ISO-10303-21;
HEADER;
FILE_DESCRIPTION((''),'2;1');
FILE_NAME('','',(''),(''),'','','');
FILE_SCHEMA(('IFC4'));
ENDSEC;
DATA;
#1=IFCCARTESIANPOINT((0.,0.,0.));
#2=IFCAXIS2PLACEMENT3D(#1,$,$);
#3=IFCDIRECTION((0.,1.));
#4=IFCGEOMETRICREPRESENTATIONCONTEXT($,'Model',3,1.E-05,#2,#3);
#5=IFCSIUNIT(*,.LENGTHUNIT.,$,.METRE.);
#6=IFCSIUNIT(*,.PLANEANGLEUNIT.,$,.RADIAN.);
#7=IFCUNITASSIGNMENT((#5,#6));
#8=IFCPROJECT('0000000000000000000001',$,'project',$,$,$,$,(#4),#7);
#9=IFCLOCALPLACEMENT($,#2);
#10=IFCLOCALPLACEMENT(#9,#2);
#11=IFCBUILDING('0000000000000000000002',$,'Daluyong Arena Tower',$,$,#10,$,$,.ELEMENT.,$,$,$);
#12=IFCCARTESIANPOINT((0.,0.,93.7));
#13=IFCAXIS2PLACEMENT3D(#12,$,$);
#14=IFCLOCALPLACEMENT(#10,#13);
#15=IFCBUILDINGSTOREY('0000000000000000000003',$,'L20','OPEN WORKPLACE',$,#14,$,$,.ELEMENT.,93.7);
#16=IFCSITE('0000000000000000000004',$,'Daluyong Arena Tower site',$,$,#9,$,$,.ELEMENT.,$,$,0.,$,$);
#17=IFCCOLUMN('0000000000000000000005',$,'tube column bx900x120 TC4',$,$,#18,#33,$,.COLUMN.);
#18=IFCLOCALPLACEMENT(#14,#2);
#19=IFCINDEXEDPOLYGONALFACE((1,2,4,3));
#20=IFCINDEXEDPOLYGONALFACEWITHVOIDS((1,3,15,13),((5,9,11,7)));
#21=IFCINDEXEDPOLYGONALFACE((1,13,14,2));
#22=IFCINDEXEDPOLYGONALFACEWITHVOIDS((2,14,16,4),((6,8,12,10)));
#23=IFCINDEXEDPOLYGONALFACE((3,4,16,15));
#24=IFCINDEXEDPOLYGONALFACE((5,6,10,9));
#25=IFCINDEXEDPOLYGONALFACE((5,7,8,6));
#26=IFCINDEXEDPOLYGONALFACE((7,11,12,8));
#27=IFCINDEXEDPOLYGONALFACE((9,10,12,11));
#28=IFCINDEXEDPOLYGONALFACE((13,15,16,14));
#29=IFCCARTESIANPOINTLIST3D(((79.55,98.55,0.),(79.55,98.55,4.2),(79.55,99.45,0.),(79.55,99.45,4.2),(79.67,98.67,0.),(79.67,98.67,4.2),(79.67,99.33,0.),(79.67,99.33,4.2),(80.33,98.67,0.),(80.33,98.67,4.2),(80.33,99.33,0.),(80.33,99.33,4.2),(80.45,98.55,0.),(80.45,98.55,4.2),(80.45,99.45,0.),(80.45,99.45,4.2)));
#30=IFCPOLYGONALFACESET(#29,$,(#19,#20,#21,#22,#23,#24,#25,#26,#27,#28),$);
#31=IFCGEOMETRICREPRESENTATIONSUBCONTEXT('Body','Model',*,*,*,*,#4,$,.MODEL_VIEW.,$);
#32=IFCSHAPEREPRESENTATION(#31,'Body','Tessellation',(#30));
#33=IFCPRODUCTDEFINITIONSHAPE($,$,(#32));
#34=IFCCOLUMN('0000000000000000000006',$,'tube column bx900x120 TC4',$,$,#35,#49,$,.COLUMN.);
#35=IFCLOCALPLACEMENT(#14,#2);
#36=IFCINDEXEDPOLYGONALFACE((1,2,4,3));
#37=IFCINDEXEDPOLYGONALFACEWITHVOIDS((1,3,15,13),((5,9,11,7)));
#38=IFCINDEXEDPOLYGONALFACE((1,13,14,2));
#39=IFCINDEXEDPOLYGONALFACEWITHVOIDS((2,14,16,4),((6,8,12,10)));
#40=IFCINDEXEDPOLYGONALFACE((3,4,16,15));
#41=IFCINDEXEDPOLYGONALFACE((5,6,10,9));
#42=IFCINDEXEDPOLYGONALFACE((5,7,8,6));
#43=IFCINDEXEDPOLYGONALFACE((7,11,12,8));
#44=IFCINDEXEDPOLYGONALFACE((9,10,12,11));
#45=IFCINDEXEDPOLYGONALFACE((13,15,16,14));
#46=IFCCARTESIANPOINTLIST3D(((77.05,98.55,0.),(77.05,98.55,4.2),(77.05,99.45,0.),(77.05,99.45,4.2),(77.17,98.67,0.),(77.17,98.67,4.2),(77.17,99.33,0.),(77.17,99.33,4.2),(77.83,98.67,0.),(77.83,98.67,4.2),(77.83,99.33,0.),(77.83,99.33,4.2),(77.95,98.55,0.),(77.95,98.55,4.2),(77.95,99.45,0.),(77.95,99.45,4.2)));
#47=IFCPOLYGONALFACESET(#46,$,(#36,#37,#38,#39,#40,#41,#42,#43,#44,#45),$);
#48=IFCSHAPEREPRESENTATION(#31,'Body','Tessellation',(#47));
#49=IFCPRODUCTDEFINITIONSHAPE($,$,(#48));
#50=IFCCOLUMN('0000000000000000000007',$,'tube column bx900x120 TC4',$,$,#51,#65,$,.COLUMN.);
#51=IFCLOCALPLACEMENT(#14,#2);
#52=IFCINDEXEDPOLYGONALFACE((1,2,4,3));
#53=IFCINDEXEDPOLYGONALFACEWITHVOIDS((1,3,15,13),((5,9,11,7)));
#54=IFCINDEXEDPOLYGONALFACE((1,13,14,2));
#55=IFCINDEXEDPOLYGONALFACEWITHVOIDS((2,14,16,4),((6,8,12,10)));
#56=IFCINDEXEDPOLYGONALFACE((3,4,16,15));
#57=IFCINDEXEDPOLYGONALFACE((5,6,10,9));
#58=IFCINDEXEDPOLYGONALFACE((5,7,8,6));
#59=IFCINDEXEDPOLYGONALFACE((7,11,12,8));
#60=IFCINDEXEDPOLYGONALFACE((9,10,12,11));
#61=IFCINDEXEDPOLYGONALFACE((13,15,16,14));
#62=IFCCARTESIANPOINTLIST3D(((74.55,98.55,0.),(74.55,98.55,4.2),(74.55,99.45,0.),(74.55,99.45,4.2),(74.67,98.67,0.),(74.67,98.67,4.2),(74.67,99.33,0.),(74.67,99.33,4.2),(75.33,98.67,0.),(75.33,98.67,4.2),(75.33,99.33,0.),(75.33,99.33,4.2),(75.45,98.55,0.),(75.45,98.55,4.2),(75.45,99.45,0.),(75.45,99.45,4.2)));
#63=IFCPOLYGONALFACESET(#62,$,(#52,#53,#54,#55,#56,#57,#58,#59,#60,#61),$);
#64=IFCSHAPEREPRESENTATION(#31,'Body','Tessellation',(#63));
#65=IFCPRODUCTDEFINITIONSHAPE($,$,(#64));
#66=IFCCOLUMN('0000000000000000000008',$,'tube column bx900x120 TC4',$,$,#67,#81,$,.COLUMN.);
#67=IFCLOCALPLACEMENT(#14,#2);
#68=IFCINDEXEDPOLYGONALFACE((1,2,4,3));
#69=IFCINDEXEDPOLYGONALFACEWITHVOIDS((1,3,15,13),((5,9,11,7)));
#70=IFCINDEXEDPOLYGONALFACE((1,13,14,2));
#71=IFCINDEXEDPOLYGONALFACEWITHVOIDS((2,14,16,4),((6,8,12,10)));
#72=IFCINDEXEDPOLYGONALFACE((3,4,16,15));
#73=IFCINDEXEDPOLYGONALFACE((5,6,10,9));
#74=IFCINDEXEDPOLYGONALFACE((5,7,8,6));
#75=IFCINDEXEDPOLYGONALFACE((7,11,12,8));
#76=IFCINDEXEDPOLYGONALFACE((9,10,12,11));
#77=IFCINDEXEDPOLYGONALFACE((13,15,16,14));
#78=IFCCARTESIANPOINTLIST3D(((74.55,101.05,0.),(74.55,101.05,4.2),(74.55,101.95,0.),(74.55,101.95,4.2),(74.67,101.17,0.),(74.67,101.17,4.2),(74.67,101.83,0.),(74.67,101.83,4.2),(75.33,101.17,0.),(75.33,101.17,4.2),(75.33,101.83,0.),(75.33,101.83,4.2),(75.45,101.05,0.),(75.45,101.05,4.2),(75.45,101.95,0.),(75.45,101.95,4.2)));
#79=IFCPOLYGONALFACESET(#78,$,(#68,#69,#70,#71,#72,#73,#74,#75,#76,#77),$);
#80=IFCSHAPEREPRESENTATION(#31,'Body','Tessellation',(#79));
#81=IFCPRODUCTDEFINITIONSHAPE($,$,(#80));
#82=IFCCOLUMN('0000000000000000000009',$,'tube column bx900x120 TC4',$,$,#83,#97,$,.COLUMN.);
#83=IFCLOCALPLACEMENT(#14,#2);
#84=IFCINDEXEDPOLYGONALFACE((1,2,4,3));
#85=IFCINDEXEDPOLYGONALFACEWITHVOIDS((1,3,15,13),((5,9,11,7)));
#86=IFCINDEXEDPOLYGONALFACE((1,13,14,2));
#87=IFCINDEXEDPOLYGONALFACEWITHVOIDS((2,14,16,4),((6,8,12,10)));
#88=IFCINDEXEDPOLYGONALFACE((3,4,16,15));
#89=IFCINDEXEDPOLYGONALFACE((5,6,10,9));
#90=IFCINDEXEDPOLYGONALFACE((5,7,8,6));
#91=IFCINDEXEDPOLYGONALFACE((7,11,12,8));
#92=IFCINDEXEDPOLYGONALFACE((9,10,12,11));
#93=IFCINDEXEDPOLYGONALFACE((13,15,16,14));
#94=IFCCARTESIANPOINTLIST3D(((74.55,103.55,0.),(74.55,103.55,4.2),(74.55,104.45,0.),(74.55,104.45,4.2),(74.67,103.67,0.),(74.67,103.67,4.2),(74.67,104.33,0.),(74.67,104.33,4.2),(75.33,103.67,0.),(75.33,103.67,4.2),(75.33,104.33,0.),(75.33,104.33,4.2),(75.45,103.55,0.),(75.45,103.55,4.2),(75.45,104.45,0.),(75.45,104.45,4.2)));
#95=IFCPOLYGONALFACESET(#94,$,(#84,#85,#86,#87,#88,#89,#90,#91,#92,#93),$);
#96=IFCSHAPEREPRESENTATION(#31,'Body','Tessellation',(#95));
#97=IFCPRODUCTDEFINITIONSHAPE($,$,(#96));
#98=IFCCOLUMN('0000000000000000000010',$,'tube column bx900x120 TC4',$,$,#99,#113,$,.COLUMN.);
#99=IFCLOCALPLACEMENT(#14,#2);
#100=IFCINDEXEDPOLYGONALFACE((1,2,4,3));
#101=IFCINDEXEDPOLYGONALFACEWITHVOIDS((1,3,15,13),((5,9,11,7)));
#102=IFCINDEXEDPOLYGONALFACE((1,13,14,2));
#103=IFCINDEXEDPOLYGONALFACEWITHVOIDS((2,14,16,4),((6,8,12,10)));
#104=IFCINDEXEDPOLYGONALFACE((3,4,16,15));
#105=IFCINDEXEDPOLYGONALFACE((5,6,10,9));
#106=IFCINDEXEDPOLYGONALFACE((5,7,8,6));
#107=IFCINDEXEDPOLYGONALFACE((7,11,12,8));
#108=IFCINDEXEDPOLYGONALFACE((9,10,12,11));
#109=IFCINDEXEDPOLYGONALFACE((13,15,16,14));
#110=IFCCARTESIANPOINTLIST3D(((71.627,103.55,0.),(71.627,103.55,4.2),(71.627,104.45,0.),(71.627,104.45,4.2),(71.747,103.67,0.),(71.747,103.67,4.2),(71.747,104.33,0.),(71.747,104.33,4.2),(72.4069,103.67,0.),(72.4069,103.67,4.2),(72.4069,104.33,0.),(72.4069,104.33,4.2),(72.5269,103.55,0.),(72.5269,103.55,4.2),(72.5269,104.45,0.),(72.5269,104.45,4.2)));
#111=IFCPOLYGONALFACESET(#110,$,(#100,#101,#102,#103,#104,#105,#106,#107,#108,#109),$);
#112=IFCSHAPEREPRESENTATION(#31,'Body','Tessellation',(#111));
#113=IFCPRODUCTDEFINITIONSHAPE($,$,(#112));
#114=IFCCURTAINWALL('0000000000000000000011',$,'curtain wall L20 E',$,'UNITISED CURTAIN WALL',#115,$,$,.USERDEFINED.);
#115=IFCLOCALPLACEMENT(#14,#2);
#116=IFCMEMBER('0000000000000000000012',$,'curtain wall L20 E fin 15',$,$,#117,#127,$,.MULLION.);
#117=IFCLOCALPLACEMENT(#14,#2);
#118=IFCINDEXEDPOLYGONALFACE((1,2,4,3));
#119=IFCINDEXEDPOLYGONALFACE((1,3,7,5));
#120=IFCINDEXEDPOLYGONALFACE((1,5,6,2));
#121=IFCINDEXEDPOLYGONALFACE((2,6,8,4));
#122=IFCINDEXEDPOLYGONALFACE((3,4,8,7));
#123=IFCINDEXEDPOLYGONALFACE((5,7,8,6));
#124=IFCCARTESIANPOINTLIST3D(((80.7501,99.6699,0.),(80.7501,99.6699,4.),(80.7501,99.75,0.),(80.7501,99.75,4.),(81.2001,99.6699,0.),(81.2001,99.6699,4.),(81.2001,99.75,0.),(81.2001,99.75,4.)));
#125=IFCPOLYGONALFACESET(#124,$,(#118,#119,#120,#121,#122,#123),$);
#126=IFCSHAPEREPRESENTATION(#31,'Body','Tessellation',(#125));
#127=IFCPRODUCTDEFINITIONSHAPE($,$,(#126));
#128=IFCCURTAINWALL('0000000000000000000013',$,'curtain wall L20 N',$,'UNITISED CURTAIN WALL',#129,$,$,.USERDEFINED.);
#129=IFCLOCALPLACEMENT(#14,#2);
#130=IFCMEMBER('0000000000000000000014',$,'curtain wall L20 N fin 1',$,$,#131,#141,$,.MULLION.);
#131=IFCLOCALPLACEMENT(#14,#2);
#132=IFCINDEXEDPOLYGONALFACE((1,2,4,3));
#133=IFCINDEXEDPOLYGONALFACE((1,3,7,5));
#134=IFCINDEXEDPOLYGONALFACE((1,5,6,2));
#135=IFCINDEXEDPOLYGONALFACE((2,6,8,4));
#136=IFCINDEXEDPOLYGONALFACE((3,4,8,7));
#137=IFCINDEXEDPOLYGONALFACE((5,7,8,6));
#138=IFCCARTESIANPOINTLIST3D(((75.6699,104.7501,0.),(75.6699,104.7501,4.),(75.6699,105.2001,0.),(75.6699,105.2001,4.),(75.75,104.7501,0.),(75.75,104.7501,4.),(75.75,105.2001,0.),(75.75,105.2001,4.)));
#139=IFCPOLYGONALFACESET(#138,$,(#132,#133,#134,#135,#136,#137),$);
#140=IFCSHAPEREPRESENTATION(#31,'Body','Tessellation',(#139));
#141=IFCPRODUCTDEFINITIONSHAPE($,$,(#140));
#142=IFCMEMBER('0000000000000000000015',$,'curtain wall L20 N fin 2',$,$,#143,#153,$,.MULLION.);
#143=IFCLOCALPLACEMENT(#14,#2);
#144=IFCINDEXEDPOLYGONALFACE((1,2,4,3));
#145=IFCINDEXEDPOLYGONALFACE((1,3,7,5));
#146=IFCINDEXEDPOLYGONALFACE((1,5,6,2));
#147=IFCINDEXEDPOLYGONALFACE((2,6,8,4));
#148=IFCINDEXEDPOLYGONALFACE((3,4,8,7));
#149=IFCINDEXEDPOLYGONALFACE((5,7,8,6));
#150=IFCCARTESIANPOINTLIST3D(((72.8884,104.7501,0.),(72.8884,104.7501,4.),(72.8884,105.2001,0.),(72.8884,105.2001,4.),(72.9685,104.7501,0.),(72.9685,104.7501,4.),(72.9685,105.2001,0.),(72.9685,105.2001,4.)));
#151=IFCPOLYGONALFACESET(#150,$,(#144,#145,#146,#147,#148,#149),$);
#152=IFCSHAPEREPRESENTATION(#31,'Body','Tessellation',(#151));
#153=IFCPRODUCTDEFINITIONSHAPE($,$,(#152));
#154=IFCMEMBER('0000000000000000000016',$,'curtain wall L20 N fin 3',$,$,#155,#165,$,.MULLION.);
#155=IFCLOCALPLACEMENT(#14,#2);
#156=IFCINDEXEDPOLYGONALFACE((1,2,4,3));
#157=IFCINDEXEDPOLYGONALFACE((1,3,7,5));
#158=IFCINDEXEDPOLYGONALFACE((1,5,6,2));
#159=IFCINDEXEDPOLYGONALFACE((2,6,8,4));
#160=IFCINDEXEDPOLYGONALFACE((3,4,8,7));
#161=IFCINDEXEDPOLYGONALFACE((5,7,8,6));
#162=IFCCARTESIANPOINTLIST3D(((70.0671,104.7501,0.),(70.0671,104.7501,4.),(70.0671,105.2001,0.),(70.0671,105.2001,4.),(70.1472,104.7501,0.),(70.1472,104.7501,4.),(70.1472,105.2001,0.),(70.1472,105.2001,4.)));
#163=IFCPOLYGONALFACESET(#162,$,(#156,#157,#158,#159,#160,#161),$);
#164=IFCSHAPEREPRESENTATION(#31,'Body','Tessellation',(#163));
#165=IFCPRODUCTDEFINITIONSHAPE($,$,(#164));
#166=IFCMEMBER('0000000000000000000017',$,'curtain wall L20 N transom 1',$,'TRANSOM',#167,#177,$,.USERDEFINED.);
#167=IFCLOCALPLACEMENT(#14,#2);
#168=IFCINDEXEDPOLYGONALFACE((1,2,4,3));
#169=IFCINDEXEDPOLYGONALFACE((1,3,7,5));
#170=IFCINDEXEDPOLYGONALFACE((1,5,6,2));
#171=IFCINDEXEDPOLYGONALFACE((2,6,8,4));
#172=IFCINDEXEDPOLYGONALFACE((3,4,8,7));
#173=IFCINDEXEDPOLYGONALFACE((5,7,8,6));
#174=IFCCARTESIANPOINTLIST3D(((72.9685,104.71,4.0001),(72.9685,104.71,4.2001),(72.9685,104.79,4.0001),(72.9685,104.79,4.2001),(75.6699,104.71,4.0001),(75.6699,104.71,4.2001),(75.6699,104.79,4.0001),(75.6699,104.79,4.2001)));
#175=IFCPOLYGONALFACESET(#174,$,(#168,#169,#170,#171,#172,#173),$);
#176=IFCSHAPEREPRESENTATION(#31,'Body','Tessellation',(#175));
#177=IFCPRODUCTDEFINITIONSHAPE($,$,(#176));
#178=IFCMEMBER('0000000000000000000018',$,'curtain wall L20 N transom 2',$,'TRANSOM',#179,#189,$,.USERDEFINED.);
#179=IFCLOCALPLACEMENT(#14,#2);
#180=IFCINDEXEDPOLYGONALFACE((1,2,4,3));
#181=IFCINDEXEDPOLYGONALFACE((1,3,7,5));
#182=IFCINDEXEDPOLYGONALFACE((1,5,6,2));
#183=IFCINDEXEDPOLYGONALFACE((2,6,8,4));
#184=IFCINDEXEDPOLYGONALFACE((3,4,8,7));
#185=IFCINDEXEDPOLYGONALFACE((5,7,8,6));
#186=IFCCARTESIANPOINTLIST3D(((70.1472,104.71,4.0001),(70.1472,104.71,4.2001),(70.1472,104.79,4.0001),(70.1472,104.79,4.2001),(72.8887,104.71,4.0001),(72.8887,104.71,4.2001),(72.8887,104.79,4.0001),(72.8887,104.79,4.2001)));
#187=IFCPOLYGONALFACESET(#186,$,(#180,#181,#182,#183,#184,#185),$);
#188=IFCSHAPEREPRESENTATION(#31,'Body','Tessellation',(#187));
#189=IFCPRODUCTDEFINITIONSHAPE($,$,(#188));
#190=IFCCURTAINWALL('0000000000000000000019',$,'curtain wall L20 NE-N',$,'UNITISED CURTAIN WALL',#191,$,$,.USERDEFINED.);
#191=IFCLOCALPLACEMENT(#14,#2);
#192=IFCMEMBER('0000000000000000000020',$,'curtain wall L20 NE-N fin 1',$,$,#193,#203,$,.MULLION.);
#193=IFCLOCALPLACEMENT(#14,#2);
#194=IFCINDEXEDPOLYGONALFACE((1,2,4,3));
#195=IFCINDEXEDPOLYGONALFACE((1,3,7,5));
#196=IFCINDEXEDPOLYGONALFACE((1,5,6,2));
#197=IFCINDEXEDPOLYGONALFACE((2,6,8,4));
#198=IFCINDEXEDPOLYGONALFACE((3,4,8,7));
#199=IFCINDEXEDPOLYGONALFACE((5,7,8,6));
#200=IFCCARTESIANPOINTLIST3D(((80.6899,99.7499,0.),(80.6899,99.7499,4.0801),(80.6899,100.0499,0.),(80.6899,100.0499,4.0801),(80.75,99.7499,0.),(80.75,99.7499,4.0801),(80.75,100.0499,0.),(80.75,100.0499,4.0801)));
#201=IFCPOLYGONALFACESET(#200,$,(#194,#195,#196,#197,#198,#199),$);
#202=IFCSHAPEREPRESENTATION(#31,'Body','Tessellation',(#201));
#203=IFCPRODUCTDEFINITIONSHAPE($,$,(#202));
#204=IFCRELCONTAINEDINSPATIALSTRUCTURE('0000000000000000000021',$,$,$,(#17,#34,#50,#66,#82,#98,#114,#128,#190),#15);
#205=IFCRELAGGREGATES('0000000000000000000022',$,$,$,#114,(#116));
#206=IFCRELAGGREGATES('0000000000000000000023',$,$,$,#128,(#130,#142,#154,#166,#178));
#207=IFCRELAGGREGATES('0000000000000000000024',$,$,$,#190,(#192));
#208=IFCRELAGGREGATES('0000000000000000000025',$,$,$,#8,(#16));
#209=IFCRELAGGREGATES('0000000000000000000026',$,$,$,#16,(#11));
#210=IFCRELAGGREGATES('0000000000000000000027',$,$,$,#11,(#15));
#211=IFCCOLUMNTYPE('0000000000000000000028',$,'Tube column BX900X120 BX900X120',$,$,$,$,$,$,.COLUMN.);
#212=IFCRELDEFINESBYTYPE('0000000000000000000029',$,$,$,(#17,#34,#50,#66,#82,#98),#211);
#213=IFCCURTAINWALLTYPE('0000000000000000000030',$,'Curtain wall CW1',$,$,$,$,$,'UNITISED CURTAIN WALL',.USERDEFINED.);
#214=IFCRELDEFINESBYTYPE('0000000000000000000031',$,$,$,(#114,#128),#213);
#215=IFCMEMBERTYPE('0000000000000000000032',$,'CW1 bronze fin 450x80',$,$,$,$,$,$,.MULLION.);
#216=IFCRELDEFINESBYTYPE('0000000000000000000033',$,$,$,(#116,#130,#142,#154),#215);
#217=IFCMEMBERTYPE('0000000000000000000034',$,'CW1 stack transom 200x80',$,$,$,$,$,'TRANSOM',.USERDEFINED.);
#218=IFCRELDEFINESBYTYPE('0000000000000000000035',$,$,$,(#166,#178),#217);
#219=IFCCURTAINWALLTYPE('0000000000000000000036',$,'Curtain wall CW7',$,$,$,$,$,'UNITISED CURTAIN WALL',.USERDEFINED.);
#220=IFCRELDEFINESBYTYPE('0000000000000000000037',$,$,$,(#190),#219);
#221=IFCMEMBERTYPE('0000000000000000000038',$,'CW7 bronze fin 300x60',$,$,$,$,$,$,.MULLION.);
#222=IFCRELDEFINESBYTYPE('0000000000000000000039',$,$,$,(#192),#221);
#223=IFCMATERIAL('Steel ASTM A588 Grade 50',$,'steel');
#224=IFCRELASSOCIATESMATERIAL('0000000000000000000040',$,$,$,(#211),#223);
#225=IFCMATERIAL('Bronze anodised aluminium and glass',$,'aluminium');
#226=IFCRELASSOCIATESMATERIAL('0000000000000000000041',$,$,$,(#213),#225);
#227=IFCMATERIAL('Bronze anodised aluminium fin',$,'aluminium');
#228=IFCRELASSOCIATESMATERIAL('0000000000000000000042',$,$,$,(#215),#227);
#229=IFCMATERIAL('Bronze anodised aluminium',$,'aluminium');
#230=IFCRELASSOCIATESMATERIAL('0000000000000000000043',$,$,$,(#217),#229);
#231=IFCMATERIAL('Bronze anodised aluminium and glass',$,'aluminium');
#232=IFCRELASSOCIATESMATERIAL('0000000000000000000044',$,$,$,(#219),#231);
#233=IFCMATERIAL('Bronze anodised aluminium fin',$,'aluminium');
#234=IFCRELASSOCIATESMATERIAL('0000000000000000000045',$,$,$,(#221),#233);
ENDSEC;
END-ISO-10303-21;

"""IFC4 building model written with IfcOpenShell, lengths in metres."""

from ifc_helpers import new_model, si_unit, direction, frame, origin, origin_2d, place, context, subcontext, project, spatial, rectangle, hollow_rectangle, extrude, material, material_profile, profile_set, type_object, element, aggregate, save


model = new_model("IFC4")

# Units and contexts
model_context = context("Model", 3, precision=1e-05, world=origin(), true_north=direction((0.0, 1.0)))
body_context = subcontext(model_context, "Body", "Model", "MODEL_VIEW")
ifc_project = project(units=[si_unit("LENGTHUNIT", "METRE"), si_unit("PLANEANGLEUNIT", "RADIAN")], contexts=[model_context])

# Site, building, storey
site_placement = place(None, origin())
site = spatial("IfcSite", under=ifc_project, at=site_placement, Name="Daluyong Arena Tower site", CompositionType="ELEMENT", RefElevation=0.0)
building_placement = place(site_placement, origin())
building = spatial("IfcBuilding", under=site, at=building_placement, Name="Daluyong Arena Tower", CompositionType="ELEMENT")
storey_placement = place(building_placement, frame((0.0, 0.0, 93.7)))
storey = spatial("IfcBuildingStorey", under=building, at=storey_placement, Name="L20", Description="OPEN WORKPLACE", CompositionType="ELEMENT", Elevation=93.7)

# Columns
ifc_material_1 = material(Name="Steel ASTM A588 Grade 50", Category="steel")
ifc_material_profile_1 = material_profile(ifc_material_1, hollow_rectangle(XDim=0.8999, YDim=0.8999, WallThickness=0.12, at=origin_2d()))
ifc_profile_set_1 = profile_set([ifc_material_profile_1], Name="Steel ASTM A588 Grade 50")
column_type = type_object("IfcColumnType", Name="Tube column BX900X120 BX900X120", PredefinedType="COLUMN", material=ifc_profile_set_1)
for number, where, z_axis, x_axis, name in (
    (1, (80.0, 99.0, 0.0), (0.0, 0.0, 1.0), (1.0, 0.0, 0.0), "tube column bx900x120 TC4"),
    (2, (77.5, 99.0, 0.0), (0.0, 0.0, 1.0), (1.0, 0.0, 0.0), "tube column bx900x120 TC4"),
    (3, (75.0, 99.0, 0.0), (0.0, 0.0, 1.0), (0.0, 1.0, 0.0), "tube column bx900x120 TC4"),
    (4, (75.0, 101.5, 0.0), (0.0, 0.0, 1.0), (0.0, 1.0, 0.0), "tube column bx900x120 TC4"),
    (5, (75.0, 104.0, 0.0), (0.0, 0.0, 1.0), (1.0, 0.0, 0.0), "tube column bx900x120 TC4"),
    (6, (72.0769, 104.0, 0.0), (0.0, 0.0, 1.0), (1.0, 0.0, 0.0), "tube column bx900x120 TC4"),
):
    element("IfcColumn", number, at=place(storey_placement, frame(where, z_axis=z_axis, x_axis=x_axis)), inside=storey, type_object=column_type, Name=name, PredefinedType="COLUMN", context=body_context, shape_type="SweptSolid", body=[
        extrude(hollow_rectangle(XDim=0.8999, YDim=0.8999, WallThickness=0.12, at=origin_2d()), origin(), (0.0, 0.0, 1.0), 4.2),
    ])

# Curtain wall, member
ifc_material_2 = material(Name="Bronze anodised aluminium and glass", Category="aluminium")
curtain_wall_type_1 = type_object("IfcCurtainWallType", Name="Curtain wall CW1", ElementType="UNITISED CURTAIN WALL", PredefinedType="USERDEFINED", material=ifc_material_2)
curtain_wall_1_placement = place(storey_placement, origin())
curtain_wall_1 = element("IfcCurtainWall", 7, at=curtain_wall_1_placement, inside=storey, type_object=curtain_wall_type_1, Name="curtain wall L20 E", ObjectType="UNITISED CURTAIN WALL", PredefinedType="USERDEFINED")
ifc_material_3 = material(Name="Bronze anodised aluminium fin", Category="aluminium")
ifc_material_profile_2 = material_profile(ifc_material_3, rectangle(XDim=0.45, YDim=0.0801, at=origin_2d()))
ifc_profile_set_2 = profile_set([ifc_material_profile_2], Name="Bronze anodised aluminium fin")
member_type_1 = type_object("IfcMemberType", Name="CW1 bronze fin 450x80", PredefinedType="MULLION", material=ifc_profile_set_2)
member_1_placement = place(storey_placement, frame((80.9751, 99.71, 0.0), z_axis=(0.0, 0.0, 1.0), x_axis=(-1.0, 0.0, 0.0)))
member_1 = element("IfcMember", 8, at=member_1_placement, type_object=member_type_1, Name="curtain wall L20 E fin 15", PredefinedType="MULLION", context=body_context, shape_type="SweptSolid", body=[
    extrude(rectangle(XDim=0.45, YDim=0.0801, at=origin_2d()), origin(), (0.0, 0.0, 1.0), 4.0),
])
aggregate(curtain_wall_1, [member_1])

# Curtain walls, members
curtain_wall_2_placement = place(storey_placement, origin())
curtain_wall_2 = element("IfcCurtainWall", 9, at=curtain_wall_2_placement, inside=storey, type_object=curtain_wall_type_1, Name="curtain wall L20 N", ObjectType="UNITISED CURTAIN WALL", PredefinedType="USERDEFINED")
member_2_placement = place(storey_placement, frame((75.71, 104.9751, 0.0), z_axis=(0.0, 0.0, 1.0), x_axis=(0.0, -1.0, 0.0)))
member_2 = element("IfcMember", 10, at=member_2_placement, type_object=member_type_1, Name="curtain wall L20 N fin 1", PredefinedType="MULLION", context=body_context, shape_type="SweptSolid", body=[
    extrude(rectangle(XDim=0.45, YDim=0.0801, at=origin_2d()), origin(), (0.0, 0.0, 1.0), 4.0),
])
member_3_placement = place(storey_placement, frame((72.9285, 104.9751, 0.0), z_axis=(0.0, 0.0, 1.0), x_axis=(0.0, -1.0, 0.0)))
member_3 = element("IfcMember", 11, at=member_3_placement, type_object=member_type_1, Name="curtain wall L20 N fin 2", PredefinedType="MULLION", context=body_context, shape_type="SweptSolid", body=[
    extrude(rectangle(XDim=0.45, YDim=0.0801, at=origin_2d()), origin(), (0.0, 0.0, 1.0), 4.0),
])
member_4_placement = place(storey_placement, frame((70.1072, 104.9751, 0.0), z_axis=(0.0, 0.0, 1.0), x_axis=(0.0, -1.0, 0.0)))
member_4 = element("IfcMember", 12, at=member_4_placement, type_object=member_type_1, Name="curtain wall L20 N fin 3", PredefinedType="MULLION", context=body_context, shape_type="SweptSolid", body=[
    extrude(rectangle(XDim=0.45, YDim=0.0801, at=origin_2d()), origin(), (0.0, 0.0, 1.0), 4.0),
])
ifc_material_4 = material(Name="Bronze anodised aluminium", Category="aluminium")
ifc_material_profile_3 = material_profile(ifc_material_4, rectangle(XDim=0.0801, YDim=0.2, at=origin_2d()))
ifc_profile_set_3 = profile_set([ifc_material_profile_3], Name="Bronze anodised aluminium")
member_type_2 = type_object("IfcMemberType", Name="CW1 stack transom 200x80", ElementType="TRANSOM", PredefinedType="USERDEFINED", material=ifc_profile_set_3)
member_5_placement = place(storey_placement, frame((75.6699, 104.75, 4.1001), z_axis=(-1.0, 0.0, 0.0), x_axis=(0.0, -1.0, 0.0)))
member_5 = element("IfcMember", 13, at=member_5_placement, type_object=member_type_2, Name="curtain wall L20 N transom 1", ObjectType="TRANSOM", PredefinedType="USERDEFINED", context=body_context, shape_type="SweptSolid", body=[
    extrude(rectangle(XDim=0.0801, YDim=0.2, at=origin_2d()), origin(), (0.0, 0.0, 1.0), 2.7014),
])
member_6_placement = place(storey_placement, frame((72.8887, 104.75, 4.1001), z_axis=(-1.0, 0.0, 0.0), x_axis=(0.0, -1.0, 0.0)))
member_6 = element("IfcMember", 14, at=member_6_placement, type_object=member_type_2, Name="curtain wall L20 N transom 2", ObjectType="TRANSOM", PredefinedType="USERDEFINED", context=body_context, shape_type="SweptSolid", body=[
    extrude(rectangle(XDim=0.0801, YDim=0.2, at=origin_2d()), origin(), (0.0, 0.0, 1.0), 2.7415),
])
ifc_material_5 = material(Name="Bronze anodised aluminium and glass", Category="aluminium")
curtain_wall_type_2 = type_object("IfcCurtainWallType", Name="Curtain wall CW7", ElementType="UNITISED CURTAIN WALL", PredefinedType="USERDEFINED", material=ifc_material_5)
curtain_wall_3_placement = place(storey_placement, origin())
curtain_wall_3 = element("IfcCurtainWall", 15, at=curtain_wall_3_placement, inside=storey, type_object=curtain_wall_type_2, Name="curtain wall L20 NE-N", ObjectType="UNITISED CURTAIN WALL", PredefinedType="USERDEFINED")
ifc_material_6 = material(Name="Bronze anodised aluminium fin", Category="aluminium")
ifc_material_profile_4 = material_profile(ifc_material_6, rectangle(XDim=0.3, YDim=0.0601, at=origin_2d()))
ifc_profile_set_4 = profile_set([ifc_material_profile_4], Name="Bronze anodised aluminium fin")
member_type_3 = type_object("IfcMemberType", Name="CW7 bronze fin 300x60", PredefinedType="MULLION", material=ifc_profile_set_4)
member_7_placement = place(storey_placement, frame((80.72, 99.8999, 0.0), z_axis=(0.0, 0.0, 1.0), x_axis=(0.0, -1.0, 0.0)))
member_7 = element("IfcMember", 16, at=member_7_placement, type_object=member_type_3, Name="curtain wall L20 NE-N fin 1", PredefinedType="MULLION", context=body_context, shape_type="SweptSolid", body=[
    extrude(rectangle(XDim=0.3, YDim=0.0601, at=origin_2d()), origin(), (0.0, 0.0, 1.0), 4.0801),
])

aggregate(curtain_wall_2, [member_2, member_3, member_4, member_5, member_6])
aggregate(curtain_wall_3, [member_7])

save(model, "model.ifc")
